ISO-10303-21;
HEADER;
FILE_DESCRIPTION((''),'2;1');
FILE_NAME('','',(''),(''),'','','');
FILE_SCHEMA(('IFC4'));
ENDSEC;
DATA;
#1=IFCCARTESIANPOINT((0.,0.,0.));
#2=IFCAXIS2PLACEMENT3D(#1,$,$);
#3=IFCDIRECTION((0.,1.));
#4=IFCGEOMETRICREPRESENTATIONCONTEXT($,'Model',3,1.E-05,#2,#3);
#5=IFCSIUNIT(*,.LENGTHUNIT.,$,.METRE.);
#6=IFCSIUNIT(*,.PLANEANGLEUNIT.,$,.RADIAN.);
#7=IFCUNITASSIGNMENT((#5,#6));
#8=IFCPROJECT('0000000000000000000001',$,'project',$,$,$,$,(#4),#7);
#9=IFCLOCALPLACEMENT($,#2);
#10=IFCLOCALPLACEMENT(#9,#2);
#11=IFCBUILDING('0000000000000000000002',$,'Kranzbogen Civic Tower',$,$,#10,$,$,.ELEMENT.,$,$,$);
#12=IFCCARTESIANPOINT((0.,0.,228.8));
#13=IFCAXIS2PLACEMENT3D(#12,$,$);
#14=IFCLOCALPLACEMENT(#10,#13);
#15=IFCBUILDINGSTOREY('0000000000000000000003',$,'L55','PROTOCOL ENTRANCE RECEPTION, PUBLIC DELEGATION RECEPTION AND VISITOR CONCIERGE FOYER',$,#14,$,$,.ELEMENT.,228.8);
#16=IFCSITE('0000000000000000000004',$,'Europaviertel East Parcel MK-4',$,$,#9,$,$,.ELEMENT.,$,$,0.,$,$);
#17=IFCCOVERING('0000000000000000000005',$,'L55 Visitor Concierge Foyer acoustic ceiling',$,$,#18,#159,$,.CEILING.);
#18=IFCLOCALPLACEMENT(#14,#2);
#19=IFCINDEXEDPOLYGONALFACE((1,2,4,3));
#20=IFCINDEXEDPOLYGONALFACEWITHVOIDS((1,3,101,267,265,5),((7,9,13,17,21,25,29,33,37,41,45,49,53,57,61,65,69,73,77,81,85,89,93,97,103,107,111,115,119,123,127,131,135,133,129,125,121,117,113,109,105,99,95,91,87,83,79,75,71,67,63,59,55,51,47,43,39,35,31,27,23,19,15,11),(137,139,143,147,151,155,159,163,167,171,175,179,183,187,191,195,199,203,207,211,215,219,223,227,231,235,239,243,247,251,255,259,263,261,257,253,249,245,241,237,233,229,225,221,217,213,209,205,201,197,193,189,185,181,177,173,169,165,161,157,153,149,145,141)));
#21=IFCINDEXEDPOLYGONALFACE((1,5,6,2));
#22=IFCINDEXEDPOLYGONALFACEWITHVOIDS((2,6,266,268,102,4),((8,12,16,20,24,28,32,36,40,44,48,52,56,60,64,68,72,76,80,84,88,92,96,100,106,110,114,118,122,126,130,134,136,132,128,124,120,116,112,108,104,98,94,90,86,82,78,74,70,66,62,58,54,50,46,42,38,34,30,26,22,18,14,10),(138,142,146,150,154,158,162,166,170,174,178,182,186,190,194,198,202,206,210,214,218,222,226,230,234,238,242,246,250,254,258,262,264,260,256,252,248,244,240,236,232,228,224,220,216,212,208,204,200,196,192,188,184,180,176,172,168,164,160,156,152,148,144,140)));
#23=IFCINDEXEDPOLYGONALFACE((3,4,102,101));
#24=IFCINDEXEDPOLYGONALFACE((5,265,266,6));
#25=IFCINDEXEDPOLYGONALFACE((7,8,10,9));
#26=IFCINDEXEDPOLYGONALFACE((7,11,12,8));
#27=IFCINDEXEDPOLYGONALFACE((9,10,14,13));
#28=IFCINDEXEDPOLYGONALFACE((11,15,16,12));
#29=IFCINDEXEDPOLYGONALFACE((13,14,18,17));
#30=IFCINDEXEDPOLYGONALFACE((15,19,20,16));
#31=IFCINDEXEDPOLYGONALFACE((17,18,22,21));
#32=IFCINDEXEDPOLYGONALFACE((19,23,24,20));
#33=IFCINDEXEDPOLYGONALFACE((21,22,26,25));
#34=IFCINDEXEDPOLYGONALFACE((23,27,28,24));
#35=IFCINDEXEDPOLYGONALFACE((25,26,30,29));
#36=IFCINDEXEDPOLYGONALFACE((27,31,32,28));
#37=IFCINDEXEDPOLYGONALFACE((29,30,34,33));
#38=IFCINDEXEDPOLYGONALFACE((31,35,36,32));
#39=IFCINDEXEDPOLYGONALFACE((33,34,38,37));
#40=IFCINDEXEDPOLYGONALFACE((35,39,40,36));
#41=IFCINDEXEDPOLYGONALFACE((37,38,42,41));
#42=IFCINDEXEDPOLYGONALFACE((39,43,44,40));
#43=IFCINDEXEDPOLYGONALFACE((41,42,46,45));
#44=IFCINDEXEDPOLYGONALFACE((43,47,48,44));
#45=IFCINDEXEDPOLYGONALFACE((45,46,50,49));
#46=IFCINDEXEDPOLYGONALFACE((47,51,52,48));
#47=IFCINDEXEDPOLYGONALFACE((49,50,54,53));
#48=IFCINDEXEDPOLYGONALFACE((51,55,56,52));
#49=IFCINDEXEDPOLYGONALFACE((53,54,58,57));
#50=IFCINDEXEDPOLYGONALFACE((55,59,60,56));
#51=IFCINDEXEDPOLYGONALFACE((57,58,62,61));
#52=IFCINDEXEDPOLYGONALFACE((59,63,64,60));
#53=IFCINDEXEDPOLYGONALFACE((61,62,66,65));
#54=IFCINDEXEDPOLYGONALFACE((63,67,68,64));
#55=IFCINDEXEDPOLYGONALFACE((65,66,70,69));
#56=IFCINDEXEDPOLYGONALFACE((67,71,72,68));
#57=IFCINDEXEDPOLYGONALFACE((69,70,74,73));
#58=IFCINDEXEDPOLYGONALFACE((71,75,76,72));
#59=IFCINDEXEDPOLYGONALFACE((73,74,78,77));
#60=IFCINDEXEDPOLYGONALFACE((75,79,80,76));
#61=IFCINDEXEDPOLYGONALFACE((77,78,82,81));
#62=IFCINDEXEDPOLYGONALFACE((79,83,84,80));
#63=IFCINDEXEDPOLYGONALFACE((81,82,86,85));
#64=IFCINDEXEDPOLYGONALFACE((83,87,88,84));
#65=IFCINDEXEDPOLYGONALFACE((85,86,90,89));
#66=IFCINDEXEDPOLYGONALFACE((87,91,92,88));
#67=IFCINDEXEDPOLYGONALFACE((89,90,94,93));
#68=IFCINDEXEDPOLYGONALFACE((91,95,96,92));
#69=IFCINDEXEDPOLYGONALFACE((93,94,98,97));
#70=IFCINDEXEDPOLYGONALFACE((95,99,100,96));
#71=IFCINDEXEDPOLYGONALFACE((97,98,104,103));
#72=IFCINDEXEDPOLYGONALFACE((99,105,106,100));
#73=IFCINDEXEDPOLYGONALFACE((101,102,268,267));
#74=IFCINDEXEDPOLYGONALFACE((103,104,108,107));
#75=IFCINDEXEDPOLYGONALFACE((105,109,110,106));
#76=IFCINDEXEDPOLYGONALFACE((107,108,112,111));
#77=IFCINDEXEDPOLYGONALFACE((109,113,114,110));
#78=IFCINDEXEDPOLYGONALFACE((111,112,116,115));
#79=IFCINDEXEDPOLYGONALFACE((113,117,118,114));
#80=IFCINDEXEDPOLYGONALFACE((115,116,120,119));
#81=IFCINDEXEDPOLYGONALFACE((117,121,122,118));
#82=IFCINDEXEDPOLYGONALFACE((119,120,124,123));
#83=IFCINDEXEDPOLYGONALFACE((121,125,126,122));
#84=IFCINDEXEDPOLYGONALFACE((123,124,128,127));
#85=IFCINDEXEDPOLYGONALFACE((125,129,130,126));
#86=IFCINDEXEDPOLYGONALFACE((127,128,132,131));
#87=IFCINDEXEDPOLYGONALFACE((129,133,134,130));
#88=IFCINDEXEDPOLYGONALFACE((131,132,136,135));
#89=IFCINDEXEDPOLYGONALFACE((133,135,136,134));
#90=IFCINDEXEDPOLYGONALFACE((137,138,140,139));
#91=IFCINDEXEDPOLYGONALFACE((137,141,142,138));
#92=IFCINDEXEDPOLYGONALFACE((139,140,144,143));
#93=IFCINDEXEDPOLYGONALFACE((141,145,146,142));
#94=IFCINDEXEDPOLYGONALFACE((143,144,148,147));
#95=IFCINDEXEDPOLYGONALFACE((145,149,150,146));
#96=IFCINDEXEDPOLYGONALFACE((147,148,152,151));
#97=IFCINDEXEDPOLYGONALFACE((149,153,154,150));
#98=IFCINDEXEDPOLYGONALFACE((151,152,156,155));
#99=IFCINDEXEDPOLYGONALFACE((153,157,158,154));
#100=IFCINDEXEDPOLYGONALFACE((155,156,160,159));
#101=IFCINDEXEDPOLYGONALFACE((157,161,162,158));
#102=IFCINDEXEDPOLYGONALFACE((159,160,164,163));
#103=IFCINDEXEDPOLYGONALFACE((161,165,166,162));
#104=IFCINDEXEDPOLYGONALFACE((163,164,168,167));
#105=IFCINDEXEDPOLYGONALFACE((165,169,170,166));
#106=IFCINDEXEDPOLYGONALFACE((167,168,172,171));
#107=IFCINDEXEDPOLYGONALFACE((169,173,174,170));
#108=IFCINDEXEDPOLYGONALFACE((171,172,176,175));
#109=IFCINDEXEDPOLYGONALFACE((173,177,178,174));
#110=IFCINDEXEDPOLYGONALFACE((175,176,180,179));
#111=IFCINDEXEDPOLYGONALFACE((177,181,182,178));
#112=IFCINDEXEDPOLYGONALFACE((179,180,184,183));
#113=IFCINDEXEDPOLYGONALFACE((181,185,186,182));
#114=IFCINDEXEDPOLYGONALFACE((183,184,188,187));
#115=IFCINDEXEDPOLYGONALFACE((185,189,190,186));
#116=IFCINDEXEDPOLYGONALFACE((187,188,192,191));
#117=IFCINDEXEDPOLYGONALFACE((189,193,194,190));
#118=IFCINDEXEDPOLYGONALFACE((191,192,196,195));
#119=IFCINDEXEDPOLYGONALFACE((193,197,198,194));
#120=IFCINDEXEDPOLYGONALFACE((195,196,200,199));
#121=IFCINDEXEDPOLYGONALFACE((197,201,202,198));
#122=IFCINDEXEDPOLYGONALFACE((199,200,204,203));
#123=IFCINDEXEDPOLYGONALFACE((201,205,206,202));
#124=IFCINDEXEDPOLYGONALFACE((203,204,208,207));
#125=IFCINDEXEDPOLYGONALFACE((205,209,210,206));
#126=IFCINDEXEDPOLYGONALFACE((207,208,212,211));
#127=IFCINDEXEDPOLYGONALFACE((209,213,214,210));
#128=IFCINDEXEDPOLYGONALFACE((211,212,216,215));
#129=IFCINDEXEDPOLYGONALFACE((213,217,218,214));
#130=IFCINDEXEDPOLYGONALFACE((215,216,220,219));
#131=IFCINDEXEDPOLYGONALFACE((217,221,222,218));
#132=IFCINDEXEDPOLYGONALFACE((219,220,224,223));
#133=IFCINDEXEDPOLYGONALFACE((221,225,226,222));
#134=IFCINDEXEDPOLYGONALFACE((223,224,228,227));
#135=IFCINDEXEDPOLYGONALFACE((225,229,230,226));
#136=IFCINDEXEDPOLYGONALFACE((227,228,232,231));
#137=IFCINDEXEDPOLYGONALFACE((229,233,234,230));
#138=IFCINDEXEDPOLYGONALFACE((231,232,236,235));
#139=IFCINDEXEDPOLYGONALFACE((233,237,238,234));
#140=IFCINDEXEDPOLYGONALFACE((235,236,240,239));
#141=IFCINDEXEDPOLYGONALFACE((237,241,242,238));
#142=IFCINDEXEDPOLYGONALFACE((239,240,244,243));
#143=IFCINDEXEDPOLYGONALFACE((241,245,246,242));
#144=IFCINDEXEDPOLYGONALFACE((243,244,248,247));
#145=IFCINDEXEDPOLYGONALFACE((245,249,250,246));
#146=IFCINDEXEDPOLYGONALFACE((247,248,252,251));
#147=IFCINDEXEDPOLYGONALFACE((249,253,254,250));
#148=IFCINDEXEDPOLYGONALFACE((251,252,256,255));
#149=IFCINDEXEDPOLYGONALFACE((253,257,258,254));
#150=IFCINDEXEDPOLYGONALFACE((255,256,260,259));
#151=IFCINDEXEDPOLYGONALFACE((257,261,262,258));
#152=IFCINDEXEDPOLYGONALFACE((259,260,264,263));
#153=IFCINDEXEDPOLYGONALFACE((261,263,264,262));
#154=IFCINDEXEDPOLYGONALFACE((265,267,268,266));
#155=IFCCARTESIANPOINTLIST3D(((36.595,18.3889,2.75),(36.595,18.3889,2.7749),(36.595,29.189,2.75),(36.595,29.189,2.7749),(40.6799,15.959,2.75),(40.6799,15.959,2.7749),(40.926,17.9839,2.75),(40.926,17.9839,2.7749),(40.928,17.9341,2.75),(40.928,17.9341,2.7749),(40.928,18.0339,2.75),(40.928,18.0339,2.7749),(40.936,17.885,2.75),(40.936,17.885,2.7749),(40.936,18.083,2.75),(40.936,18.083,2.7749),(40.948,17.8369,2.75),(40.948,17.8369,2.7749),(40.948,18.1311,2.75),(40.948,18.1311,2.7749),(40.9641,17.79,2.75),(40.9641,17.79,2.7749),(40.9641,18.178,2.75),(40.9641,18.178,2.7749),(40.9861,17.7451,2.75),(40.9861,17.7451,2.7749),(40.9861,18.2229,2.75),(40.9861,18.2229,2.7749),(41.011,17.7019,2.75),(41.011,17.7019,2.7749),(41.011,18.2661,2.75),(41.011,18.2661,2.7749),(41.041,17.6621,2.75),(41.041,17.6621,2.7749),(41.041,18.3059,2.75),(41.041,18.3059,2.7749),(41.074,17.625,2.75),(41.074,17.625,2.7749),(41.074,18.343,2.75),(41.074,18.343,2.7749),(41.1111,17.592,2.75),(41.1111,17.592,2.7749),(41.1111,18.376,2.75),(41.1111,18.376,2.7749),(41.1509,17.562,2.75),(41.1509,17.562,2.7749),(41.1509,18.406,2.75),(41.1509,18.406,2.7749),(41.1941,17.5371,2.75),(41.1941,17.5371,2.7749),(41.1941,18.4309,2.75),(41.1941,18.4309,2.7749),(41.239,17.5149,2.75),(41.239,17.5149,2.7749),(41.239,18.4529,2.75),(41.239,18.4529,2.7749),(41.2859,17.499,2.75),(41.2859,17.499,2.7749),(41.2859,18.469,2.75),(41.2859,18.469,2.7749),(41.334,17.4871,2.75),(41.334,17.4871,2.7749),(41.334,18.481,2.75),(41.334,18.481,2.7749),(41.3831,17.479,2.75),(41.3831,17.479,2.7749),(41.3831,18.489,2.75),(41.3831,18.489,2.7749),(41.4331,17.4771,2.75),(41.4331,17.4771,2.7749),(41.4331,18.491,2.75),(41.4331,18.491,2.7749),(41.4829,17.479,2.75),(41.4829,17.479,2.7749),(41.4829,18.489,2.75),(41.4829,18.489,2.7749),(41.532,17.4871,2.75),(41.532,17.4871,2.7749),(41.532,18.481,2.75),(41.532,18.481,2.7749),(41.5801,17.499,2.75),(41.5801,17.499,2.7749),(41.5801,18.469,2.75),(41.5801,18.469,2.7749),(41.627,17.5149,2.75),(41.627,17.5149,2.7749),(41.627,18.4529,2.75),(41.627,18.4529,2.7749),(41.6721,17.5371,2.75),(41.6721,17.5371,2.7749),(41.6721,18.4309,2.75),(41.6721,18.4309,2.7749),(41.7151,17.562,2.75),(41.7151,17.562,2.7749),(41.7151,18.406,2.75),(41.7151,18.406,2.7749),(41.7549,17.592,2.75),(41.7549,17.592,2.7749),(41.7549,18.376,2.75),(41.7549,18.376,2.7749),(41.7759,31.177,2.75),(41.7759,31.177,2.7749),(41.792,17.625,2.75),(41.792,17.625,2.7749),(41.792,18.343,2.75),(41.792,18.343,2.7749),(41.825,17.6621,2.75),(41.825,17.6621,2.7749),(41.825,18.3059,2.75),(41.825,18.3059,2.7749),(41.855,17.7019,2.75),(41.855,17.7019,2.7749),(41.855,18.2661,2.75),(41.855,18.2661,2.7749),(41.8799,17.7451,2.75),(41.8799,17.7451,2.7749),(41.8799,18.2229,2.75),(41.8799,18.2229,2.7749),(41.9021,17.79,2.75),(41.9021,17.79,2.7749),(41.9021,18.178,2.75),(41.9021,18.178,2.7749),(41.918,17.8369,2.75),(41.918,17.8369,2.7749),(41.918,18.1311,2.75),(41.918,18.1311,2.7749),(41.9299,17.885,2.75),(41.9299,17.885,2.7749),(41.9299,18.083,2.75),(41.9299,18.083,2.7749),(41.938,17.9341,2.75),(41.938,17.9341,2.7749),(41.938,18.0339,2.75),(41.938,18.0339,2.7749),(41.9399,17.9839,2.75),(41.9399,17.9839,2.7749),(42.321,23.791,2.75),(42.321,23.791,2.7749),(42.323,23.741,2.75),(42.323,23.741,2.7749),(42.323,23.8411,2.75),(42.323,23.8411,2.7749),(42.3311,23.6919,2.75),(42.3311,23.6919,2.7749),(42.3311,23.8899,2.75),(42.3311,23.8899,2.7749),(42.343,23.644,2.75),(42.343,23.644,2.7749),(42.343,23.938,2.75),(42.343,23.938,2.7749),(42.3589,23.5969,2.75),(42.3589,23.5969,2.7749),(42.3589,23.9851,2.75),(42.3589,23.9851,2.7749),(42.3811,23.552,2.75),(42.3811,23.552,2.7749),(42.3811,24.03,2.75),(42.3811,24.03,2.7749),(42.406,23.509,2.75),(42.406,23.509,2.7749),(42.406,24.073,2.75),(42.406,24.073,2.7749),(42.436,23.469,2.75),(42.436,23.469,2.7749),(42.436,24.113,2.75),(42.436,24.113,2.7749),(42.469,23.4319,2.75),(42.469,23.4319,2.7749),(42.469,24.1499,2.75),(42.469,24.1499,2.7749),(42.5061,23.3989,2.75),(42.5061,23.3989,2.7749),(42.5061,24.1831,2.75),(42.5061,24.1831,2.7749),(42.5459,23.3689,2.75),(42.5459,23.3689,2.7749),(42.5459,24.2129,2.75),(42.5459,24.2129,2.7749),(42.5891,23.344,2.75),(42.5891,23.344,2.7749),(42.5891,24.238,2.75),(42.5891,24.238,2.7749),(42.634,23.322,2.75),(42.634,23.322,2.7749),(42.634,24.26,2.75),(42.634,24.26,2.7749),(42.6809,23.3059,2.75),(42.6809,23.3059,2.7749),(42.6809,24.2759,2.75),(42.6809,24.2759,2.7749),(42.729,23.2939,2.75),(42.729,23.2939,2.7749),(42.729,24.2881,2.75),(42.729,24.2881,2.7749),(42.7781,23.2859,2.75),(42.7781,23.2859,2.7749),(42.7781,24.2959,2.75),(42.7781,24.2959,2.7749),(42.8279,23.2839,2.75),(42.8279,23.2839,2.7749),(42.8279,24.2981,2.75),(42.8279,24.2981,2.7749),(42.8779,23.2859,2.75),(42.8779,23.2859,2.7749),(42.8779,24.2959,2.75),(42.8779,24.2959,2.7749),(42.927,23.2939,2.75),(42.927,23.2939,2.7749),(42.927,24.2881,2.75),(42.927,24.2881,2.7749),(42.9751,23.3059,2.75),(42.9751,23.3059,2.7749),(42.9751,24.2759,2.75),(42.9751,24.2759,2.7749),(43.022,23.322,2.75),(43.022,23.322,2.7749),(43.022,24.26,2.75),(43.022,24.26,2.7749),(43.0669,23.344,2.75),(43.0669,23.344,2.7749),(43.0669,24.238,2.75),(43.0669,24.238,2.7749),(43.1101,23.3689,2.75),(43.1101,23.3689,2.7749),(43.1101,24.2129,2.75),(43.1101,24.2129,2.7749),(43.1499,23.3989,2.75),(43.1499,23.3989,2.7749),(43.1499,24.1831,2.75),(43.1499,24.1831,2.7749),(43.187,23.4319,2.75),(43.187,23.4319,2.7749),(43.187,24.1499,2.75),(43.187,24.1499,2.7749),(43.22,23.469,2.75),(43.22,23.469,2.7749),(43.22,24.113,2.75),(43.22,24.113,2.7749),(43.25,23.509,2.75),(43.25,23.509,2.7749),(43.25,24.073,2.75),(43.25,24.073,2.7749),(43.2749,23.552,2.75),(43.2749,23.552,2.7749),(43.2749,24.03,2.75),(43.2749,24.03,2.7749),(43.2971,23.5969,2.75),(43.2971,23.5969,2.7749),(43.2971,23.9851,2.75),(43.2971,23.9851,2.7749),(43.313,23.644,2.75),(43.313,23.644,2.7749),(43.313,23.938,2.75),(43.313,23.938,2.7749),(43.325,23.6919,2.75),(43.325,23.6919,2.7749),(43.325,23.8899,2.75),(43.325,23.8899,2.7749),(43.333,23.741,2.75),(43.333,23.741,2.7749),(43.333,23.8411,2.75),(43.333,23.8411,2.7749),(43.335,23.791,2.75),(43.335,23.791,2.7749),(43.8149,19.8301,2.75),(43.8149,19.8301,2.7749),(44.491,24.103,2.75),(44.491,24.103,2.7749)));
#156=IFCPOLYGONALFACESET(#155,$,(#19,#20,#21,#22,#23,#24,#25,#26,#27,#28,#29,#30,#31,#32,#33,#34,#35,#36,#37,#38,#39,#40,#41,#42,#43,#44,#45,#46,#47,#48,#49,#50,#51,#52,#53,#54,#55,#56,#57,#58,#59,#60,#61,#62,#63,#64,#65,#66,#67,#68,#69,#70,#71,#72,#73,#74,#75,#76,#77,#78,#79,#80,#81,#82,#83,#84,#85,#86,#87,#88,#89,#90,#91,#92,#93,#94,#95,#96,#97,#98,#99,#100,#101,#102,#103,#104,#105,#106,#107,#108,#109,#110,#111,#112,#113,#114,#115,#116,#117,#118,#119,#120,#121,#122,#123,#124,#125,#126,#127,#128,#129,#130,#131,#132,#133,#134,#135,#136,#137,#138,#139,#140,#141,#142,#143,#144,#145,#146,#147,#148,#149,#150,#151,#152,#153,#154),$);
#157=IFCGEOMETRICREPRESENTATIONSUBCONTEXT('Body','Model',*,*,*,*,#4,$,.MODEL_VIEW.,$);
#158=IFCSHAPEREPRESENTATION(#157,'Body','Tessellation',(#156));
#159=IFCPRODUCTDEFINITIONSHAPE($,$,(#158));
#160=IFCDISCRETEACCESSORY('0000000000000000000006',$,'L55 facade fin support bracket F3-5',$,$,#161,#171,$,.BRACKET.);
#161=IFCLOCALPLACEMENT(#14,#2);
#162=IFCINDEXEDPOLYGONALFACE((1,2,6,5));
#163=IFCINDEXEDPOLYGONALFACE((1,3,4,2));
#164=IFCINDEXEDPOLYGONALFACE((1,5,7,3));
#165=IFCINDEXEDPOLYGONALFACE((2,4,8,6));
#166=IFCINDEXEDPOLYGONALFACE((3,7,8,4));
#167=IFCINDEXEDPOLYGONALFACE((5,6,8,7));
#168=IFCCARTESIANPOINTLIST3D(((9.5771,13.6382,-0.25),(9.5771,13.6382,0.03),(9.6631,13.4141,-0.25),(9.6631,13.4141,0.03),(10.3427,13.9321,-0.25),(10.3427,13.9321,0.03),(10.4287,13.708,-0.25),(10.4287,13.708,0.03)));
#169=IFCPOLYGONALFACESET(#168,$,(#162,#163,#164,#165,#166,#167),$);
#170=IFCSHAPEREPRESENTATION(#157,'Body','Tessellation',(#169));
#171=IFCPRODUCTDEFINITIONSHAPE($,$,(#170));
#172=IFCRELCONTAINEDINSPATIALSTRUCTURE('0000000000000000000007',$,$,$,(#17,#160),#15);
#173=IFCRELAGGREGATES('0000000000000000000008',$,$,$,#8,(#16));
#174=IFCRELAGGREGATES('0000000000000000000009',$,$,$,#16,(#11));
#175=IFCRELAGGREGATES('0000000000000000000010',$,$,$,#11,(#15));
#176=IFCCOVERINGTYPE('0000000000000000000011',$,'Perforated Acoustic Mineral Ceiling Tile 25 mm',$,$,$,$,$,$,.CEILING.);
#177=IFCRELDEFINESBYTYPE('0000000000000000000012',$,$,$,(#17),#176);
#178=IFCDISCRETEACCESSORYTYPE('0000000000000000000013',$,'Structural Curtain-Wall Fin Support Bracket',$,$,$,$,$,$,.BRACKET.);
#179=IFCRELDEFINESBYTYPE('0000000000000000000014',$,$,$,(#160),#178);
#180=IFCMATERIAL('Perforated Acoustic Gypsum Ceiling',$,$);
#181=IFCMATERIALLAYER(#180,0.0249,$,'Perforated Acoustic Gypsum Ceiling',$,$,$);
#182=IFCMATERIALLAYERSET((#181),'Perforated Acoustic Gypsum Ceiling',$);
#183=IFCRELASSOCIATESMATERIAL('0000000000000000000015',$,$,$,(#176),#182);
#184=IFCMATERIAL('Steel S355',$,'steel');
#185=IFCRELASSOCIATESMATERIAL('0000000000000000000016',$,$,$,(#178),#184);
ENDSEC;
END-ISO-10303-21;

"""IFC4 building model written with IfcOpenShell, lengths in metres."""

from ifc_helpers import new_model, si_unit, direction, frame, origin, origin_2d, place, context, subcontext, project, spatial, polyline, rectangle, outline, extrude, material, layer, layer_set, type_object, element, save


model = new_model("IFC4")

# Units and contexts
model_context = context("Model", 3, precision=1e-05, world=origin(), true_north=direction((0.0, 1.0)))
body_context = subcontext(model_context, "Body", "Model", "MODEL_VIEW")
ifc_project = project(units=[si_unit("LENGTHUNIT", "METRE"), si_unit("PLANEANGLEUNIT", "RADIAN")], contexts=[model_context])

# Site, building, storey
site_placement = place(None, origin())
site = spatial("IfcSite", under=ifc_project, at=site_placement, Name="Europaviertel East Parcel MK-4", CompositionType="ELEMENT", RefElevation=0.0)
building_placement = place(site_placement, origin())
building = spatial("IfcBuilding", under=site, at=building_placement, Name="Kranzbogen Civic Tower", CompositionType="ELEMENT")
storey_placement = place(building_placement, frame((0.0, 0.0, 228.8)))
storey = spatial("IfcBuildingStorey", under=building, at=storey_placement, Name="L55", Description="PROTOCOL ENTRANCE RECEPTION, PUBLIC DELEGATION RECEPTION AND VISITOR CONCIERGE FOYER", CompositionType="ELEMENT", Elevation=228.8)

# Shared definitions
ifc_material_1 = material(Name="Steel S355", Category="steel")

# Covering
ifc_material_2 = material(Name="Perforated Acoustic Gypsum Ceiling")
ifc_layer_1 = layer(ifc_material_2, 0.0249, Name="Perforated Acoustic Gypsum Ceiling")
ifc_layer_set_1 = layer_set([ifc_layer_1], Name="Perforated Acoustic Gypsum Ceiling")
covering_type_1 = type_object("IfcCoveringType", Name="Perforated Acoustic Mineral Ceiling Tile 25 mm", PredefinedType="CEILING", material=ifc_layer_set_1)
covering_1_placement = place(storey_placement, frame((0.0, 0.0, 2.75)))
element("IfcCovering", 1, at=covering_1_placement, inside=storey, type_object=covering_type_1, Name="L55 Visitor Concierge Foyer acoustic ceiling", PredefinedType="CEILING", context=body_context, shape_type="SweptSolid", body=[
    extrude(outline(polyline([(43.8149, 19.8301), (40.6799, 15.959), (36.595, 18.3889), (36.595, 29.189), (41.7759, 31.177), (44.491, 24.103), (43.8149, 19.8301)]), holes=[polyline([(41.9021, 17.79), (41.8799, 17.7451), (41.855, 17.7019), (41.825, 17.6621), (41.792, 17.625), (41.7549, 17.592), (41.7151, 17.562), (41.6721, 17.5371), (41.627, 17.5149), (41.5801, 17.499), (41.532, 17.4871), (41.4829, 17.479), (41.4331, 17.4771), (41.3831, 17.479), (41.334, 17.4871), (41.2859, 17.499), (41.239, 17.5149), (41.1941, 17.5371), (41.1509, 17.562), (41.1111, 17.592), (41.074, 17.625), (41.041, 17.6621), (41.011, 17.7019), (40.9861, 17.7451), (40.9641, 17.79), (40.948, 17.8369), (40.936, 17.885), (40.928, 17.9341), (40.926, 17.9839), (40.928, 18.0339), (40.936, 18.083), (40.948, 18.1311), (40.9641, 18.178), (40.9861, 18.2229), (41.011, 18.2661), (41.041, 18.3059), (41.074, 18.343), (41.1111, 18.376), (41.1509, 18.406), (41.1941, 18.4309), (41.239, 18.4529), (41.2859, 18.469), (41.334, 18.481), (41.3831, 18.489), (41.4331, 18.491), (41.4829, 18.489), (41.532, 18.481), (41.5801, 18.469), (41.627, 18.4529), (41.6721, 18.4309), (41.7151, 18.406), (41.7549, 18.376), (41.792, 18.343), (41.825, 18.3059), (41.855, 18.2661), (41.8799, 18.2229), (41.9021, 18.178), (41.918, 18.1311), (41.9299, 18.083), (41.938, 18.0339), (41.9399, 17.9839), (41.938, 17.9341), (41.9299, 17.885), (41.918, 17.8369), (41.9021, 17.79)]), polyline([(43.2971, 23.5969), (43.2749, 23.552), (43.25, 23.509), (43.22, 23.469), (43.187, 23.4319), (43.1499, 23.3989), (43.1101, 23.3689), (43.0669, 23.344), (43.022, 23.322), (42.9751, 23.3059), (42.927, 23.2939), (42.8779, 23.2859), (42.8279, 23.2839), (42.7781, 23.2859), (42.729, 23.2939), (42.6809, 23.3059), (42.634, 23.322), (42.5891, 23.344), (42.5459, 23.3689), (42.5061, 23.3989), (42.469, 23.4319), (42.436, 23.469), (42.406, 23.509), (42.3811, 23.552), (42.3589, 23.5969), (42.343, 23.644), (42.3311, 23.6919), (42.323, 23.741), (42.321, 23.791), (42.323, 23.8411), (42.3311, 23.8899), (42.343, 23.938), (42.3589, 23.9851), (42.3811, 24.03), (42.406, 24.073), (42.436, 24.113), (42.469, 24.1499), (42.5061, 24.1831), (42.5459, 24.2129), (42.5891, 24.238), (42.634, 24.26), (42.6809, 24.2759), (42.729, 24.2881), (42.7781, 24.2959), (42.8279, 24.2981), (42.8779, 24.2959), (42.927, 24.2881), (42.9751, 24.2759), (43.022, 24.26), (43.0669, 24.238), (43.1101, 24.2129), (43.1499, 24.1831), (43.187, 24.1499), (43.22, 24.113), (43.25, 24.073), (43.2749, 24.03), (43.2971, 23.9851), (43.313, 23.938), (43.325, 23.8899), (43.333, 23.8411), (43.335, 23.791), (43.333, 23.741), (43.325, 23.6919), (43.313, 23.644), (43.2971, 23.5969)])]), origin(), (0.0, 0.0, 1.0), 0.0249),
])

# Discrete accessory
discrete_accessory_type = type_object("IfcDiscreteAccessoryType", Name="Structural Curtain-Wall Fin Support Bracket", PredefinedType="BRACKET", material=ifc_material_1)
discrete_accessory_placement = place(storey_placement, frame((10.0029, 13.6731, -0.25), z_axis=(0.0, 0.0, 1.0), x_axis=(-0.93358, -0.358368, 0.0)))
element("IfcDiscreteAccessory", 2, at=discrete_accessory_placement, inside=storey, type_object=discrete_accessory_type, Name="L55 facade fin support bracket F3-5", PredefinedType="BRACKET", context=body_context, shape_type="SweptSolid", body=[
    extrude(rectangle(XDim=0.8201, YDim=0.24, at=origin_2d()), origin(), (0.0, 0.0, 1.0), 0.28),
])

save(model, "model.ifc")
